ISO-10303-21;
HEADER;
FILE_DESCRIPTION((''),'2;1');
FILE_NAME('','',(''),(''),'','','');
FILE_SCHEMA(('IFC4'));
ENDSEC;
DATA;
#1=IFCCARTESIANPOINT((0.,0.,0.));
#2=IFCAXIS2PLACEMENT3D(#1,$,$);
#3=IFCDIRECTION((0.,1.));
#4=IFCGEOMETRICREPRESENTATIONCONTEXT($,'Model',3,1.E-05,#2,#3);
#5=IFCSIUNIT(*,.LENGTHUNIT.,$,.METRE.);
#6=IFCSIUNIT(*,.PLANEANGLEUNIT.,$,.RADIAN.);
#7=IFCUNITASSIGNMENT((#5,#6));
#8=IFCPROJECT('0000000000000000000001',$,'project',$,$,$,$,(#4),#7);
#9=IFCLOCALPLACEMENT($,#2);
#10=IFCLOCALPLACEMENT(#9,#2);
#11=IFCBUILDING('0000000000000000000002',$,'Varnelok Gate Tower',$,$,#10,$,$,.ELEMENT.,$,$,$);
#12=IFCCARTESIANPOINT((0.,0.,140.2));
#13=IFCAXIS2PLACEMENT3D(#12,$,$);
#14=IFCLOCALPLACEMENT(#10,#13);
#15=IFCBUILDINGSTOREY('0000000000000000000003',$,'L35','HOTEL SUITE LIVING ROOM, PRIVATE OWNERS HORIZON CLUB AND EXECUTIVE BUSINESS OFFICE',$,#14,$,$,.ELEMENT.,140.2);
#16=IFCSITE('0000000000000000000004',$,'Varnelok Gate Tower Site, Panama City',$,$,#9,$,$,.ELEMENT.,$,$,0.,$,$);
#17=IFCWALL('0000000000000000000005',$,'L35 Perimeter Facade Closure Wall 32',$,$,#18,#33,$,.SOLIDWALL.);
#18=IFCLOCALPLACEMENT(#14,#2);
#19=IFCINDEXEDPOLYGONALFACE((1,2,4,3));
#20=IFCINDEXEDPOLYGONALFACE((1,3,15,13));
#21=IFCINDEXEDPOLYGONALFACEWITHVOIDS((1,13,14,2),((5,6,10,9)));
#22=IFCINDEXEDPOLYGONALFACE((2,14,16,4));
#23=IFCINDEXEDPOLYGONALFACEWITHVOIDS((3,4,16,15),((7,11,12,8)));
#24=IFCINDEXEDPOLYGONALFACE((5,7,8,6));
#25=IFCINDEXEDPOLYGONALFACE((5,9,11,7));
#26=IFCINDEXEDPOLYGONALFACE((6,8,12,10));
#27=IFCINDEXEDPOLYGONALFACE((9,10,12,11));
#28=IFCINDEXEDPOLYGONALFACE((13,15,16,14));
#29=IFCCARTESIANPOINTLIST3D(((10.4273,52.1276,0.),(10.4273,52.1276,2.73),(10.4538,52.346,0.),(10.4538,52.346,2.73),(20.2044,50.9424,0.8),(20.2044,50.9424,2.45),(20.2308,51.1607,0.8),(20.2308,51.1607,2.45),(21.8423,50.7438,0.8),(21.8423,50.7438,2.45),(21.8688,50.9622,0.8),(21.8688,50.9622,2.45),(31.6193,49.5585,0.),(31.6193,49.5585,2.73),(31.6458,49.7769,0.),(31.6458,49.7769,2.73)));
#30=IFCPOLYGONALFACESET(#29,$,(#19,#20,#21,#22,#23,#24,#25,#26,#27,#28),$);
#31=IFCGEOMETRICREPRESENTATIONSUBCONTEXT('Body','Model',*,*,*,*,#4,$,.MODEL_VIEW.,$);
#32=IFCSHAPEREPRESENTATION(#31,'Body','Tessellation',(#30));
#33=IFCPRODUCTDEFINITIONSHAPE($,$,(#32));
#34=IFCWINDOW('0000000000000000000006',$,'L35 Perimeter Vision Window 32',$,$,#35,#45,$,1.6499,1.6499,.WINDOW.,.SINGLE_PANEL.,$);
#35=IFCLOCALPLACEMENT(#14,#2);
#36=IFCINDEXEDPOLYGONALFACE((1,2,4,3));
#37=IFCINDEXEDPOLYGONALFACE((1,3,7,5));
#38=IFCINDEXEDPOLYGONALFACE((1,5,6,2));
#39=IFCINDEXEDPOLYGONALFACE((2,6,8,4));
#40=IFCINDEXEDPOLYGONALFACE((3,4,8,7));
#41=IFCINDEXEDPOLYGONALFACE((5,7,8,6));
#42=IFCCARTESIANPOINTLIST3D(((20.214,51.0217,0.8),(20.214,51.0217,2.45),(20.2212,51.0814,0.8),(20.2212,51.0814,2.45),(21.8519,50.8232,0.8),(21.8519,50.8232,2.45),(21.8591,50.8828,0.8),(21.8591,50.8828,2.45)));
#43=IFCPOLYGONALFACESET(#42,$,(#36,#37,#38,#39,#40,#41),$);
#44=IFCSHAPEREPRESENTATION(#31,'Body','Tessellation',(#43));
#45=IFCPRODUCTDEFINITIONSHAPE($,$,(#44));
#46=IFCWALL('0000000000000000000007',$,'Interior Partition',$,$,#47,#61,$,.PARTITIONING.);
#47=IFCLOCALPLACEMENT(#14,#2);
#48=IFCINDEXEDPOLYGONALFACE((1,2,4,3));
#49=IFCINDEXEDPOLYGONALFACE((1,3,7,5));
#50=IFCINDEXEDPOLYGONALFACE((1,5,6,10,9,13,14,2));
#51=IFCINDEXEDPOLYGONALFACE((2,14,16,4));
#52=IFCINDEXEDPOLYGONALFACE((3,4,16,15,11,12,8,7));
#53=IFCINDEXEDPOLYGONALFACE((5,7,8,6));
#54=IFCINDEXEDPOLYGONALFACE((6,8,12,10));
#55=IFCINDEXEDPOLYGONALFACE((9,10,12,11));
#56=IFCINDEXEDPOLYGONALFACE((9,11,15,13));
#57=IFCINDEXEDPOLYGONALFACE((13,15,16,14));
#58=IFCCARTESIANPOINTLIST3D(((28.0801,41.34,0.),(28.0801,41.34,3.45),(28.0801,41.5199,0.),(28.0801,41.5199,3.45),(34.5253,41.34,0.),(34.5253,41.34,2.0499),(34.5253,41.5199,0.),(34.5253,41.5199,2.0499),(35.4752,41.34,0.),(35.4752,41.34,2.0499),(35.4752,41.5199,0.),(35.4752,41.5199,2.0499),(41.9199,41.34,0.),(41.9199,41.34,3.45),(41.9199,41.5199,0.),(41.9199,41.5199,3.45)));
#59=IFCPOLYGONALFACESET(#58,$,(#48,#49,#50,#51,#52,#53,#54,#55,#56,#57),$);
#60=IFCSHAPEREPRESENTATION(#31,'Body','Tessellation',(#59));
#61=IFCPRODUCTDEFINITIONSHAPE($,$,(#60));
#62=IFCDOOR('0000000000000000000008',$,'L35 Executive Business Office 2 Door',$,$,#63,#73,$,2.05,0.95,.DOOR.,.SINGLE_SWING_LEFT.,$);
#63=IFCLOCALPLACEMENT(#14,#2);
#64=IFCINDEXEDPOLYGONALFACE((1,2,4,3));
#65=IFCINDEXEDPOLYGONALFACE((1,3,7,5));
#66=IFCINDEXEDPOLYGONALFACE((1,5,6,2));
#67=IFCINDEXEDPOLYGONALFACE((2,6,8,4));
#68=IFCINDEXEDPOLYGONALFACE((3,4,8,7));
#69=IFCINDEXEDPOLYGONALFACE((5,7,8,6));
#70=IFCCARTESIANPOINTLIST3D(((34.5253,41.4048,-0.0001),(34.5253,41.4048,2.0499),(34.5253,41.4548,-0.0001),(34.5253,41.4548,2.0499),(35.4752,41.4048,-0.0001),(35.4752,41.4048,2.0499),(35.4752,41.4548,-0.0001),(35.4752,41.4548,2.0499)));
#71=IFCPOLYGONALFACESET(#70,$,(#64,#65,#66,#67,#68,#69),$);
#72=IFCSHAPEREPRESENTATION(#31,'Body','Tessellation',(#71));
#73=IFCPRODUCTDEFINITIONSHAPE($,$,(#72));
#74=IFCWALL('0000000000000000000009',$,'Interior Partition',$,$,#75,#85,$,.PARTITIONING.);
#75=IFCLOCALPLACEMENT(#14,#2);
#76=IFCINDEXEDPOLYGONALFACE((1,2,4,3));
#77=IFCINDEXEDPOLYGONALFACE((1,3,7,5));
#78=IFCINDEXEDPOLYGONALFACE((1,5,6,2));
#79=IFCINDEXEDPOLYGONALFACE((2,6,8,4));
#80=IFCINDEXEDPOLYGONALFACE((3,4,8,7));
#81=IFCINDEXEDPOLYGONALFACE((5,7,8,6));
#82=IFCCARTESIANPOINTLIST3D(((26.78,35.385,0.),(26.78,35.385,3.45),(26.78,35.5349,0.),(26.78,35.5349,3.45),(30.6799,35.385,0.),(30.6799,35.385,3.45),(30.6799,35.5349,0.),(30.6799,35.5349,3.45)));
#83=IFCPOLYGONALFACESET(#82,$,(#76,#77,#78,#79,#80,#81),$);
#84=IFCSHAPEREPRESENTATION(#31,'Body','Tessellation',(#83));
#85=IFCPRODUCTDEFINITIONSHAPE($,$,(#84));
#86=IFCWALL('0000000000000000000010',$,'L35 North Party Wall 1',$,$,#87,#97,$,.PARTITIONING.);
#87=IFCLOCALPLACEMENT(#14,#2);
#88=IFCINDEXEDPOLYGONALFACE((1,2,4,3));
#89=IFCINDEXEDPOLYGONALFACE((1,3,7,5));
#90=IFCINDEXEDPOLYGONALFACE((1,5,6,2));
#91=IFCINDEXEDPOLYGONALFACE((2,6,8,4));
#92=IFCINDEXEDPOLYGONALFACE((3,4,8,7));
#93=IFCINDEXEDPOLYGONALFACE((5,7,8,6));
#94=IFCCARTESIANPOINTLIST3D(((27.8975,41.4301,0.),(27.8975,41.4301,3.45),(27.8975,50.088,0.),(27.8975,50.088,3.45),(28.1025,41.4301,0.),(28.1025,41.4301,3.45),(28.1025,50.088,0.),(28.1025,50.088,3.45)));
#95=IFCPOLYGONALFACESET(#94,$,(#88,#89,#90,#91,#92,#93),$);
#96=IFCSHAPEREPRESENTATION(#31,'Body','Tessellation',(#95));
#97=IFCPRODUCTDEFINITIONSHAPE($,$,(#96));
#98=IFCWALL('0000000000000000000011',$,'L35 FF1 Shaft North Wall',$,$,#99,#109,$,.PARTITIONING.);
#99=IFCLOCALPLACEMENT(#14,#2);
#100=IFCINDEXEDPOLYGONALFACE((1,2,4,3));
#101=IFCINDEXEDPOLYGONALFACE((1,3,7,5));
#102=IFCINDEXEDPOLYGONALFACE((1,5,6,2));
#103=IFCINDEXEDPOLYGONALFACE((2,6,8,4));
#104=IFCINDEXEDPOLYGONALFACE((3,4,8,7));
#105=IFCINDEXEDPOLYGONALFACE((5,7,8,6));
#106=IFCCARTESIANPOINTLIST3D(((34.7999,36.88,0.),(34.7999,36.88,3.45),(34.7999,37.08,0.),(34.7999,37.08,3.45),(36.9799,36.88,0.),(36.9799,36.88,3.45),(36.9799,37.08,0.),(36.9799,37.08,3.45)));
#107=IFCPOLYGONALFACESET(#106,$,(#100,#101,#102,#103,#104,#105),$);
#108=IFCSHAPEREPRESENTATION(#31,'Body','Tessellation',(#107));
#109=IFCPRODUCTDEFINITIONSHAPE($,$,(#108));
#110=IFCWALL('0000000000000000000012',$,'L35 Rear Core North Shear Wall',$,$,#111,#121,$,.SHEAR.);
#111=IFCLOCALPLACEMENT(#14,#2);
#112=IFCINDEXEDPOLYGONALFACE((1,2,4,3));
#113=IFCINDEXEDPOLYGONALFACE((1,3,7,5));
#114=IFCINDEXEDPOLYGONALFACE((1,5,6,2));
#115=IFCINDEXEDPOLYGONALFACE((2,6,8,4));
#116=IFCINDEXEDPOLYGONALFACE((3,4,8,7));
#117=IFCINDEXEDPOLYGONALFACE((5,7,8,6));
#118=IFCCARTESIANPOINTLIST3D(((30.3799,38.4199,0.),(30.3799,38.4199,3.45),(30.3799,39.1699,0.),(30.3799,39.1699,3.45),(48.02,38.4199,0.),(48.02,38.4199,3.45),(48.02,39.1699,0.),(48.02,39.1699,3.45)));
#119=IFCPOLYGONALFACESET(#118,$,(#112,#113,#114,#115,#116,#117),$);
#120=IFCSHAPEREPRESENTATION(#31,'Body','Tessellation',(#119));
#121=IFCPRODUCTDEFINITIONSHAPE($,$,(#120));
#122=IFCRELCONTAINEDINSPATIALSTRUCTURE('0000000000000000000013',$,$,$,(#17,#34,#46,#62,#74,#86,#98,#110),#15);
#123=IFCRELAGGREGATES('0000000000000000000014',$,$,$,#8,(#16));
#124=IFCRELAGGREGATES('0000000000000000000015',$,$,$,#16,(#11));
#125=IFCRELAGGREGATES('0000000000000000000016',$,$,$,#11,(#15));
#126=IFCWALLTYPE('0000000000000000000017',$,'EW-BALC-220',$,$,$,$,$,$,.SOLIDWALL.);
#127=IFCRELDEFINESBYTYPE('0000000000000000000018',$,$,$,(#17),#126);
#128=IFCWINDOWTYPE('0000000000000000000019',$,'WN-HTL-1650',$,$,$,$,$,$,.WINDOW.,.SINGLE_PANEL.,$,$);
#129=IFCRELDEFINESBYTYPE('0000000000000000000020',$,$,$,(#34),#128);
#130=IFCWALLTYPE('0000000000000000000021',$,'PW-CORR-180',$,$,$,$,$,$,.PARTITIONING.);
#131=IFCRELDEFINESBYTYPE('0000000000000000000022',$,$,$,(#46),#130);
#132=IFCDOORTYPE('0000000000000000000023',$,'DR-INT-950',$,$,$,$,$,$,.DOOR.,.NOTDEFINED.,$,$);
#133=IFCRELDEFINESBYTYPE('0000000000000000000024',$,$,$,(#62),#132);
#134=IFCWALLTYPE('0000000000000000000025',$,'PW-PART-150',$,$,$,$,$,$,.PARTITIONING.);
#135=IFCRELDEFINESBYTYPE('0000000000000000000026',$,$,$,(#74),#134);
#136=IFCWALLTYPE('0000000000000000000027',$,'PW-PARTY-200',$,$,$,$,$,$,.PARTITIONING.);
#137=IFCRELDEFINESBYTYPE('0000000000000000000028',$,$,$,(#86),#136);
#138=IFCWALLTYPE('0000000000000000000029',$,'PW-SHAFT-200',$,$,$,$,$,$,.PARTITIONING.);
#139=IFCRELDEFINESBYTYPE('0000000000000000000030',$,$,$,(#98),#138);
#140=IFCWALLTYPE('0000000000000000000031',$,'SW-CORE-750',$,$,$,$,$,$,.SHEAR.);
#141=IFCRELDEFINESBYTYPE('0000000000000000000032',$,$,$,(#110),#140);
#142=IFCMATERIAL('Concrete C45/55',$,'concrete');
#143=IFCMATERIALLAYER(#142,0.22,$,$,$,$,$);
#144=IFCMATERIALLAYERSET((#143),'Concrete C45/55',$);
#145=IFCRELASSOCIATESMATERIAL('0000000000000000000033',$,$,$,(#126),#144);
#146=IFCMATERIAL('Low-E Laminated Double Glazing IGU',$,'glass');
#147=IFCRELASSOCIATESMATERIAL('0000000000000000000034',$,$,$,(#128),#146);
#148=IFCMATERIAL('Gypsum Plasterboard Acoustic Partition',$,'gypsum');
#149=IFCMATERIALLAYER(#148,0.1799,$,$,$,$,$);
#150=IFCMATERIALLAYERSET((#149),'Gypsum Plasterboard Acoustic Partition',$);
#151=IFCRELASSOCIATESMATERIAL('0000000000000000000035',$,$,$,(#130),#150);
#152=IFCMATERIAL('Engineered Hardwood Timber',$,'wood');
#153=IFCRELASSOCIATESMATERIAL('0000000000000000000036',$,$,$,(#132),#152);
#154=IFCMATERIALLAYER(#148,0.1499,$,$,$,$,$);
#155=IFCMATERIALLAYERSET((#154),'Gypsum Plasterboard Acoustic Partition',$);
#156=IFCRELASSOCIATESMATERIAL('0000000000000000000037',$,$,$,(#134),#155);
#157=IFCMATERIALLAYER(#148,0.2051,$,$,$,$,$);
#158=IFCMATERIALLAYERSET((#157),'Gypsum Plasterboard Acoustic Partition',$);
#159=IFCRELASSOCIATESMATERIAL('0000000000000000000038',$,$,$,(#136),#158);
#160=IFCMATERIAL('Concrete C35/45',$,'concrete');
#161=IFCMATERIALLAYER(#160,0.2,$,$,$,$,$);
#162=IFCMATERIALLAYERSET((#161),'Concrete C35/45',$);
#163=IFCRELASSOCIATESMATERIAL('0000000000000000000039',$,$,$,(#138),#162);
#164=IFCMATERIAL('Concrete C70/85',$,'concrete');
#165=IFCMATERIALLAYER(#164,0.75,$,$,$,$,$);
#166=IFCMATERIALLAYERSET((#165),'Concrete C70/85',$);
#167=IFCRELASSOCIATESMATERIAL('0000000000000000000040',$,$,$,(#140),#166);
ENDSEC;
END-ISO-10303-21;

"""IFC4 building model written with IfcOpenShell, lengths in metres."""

from ifc_helpers import new_model, si_unit, direction, frame, frame_2d, origin, place, context, subcontext, project, spatial, rectangle, extrude, material, layer, layer_set, type_object, element, fill, save


model = new_model("IFC4")

# Units and contexts
model_context = context("Model", 3, precision=1e-05, world=origin(), true_north=direction((0.0, 1.0)))
body_context = subcontext(model_context, "Body", "Model", "MODEL_VIEW")
ifc_project = project(units=[si_unit("LENGTHUNIT", "METRE"), si_unit("PLANEANGLEUNIT", "RADIAN")], contexts=[model_context])

# Site, building, storey
site_placement = place(None, origin())
site = spatial("IfcSite", under=ifc_project, at=site_placement, Name="Varnelok Gate Tower Site, Panama City", CompositionType="ELEMENT", RefElevation=0.0)
building_placement = place(site_placement, origin())
building = spatial("IfcBuilding", under=site, at=building_placement, Name="Varnelok Gate Tower", CompositionType="ELEMENT")
storey_placement = place(building_placement, frame((0.0, 0.0, 140.2)))
storey = spatial("IfcBuildingStorey", under=building, at=storey_placement, Name="L35", Description="HOTEL SUITE LIVING ROOM, PRIVATE OWNERS HORIZON CLUB AND EXECUTIVE BUSINESS OFFICE", CompositionType="ELEMENT", Elevation=140.2)

# Shared definitions
ifc_material_1 = material(Name="Concrete C70/85", Category="concrete")

# Shared definitions
ifc_material_2 = material(Name="Concrete C45/55", Category="concrete")
ifc_layer_1 = layer(ifc_material_2, 0.22)
ifc_layer_set_1 = layer_set([ifc_layer_1], Name="Concrete C45/55")
wall_type_1 = type_object("IfcWallType", Name="EW-BALC-220", PredefinedType="SOLIDWALL", material=ifc_layer_set_1)

# Wall, opening, window
wall_1_placement = place(storey_placement, frame((31.6326, 49.6677, 0.0), z_axis=(0.0, 0.0, 1.0), x_axis=(-0.992732, 0.120349, 0.0)))
wall_1 = element("IfcWall", 1, at=wall_1_placement, inside=storey, type_object=wall_type_1, Name="L35 Perimeter Facade Closure Wall 32", PredefinedType="SOLIDWALL", context=body_context, shape_type="SweptSolid", body=[
    extrude(rectangle(XDim=21.3472, YDim=0.22, at=frame_2d((10.6736, 0.0))), origin(), (0.0, 0.0, 1.0), 2.73),
])
opening_1_placement = place(wall_1_placement, frame((9.8486, 0.0, 0.8)))
opening_1 = element("IfcOpeningElement", 2, at=opening_1_placement, cuts=wall_1, PredefinedType="OPENING", context=body_context, shape_type="SweptSolid", body=[
    extrude(rectangle(XDim=1.6499, YDim=1.6499, at=frame_2d((0.825, 0.825))), frame((0.0, 0.1199, 0.0), z_axis=(0.0, -1.0, 0.0), x_axis=(1.0, 0.0, 0.0)), (0.0, 0.0, 1.0), 0.24),
])
ifc_material_3 = material(Name="Low-E Laminated Double Glazing IGU", Category="glass")
window_type = type_object("IfcWindowType", Name="WN-HTL-1650", PartitioningType="SINGLE_PANEL", PredefinedType="WINDOW", material=ifc_material_3)
window_placement = place(opening_1_placement, origin())
window = element("IfcWindow", 3, at=window_placement, inside=storey, type_object=window_type, Name="L35 Perimeter Vision Window 32", OverallHeight=1.6499, OverallWidth=1.6499, PartitioningType="SINGLE_PANEL", PredefinedType="WINDOW", context=body_context, shape_type="SweptSolid", body=[
    extrude(rectangle(XDim=1.6499, YDim=1.6499, at=frame_2d((0.825, 0.825))), frame((0.0, 0.03, 0.0), z_axis=(0.0, -1.0, 0.0), x_axis=(1.0, 0.0, 0.0)), (0.0, 0.0, 1.0), 0.0601),
])
fill(opening_1, window)

# Wall, opening, door
ifc_material_4 = material(Name="Gypsum Plasterboard Acoustic Partition", Category="gypsum")
ifc_layer_2 = layer(ifc_material_4, 0.1799)
ifc_layer_set_2 = layer_set([ifc_layer_2], Name="Gypsum Plasterboard Acoustic Partition")
wall_type_2 = type_object("IfcWallType", Name="PW-CORR-180", PredefinedType="PARTITIONING", material=ifc_layer_set_2)
wall_2_placement = place(storey_placement, frame((28.0801, 41.4299, 0.0), z_axis=(0.0, 0.0, 1.0), x_axis=(1.0, 0.0, 0.0)))
wall_2 = element("IfcWall", 4, at=wall_2_placement, inside=storey, type_object=wall_type_2, Name="Interior Partition", PredefinedType="PARTITIONING", context=body_context, shape_type="SweptSolid", body=[
    extrude(rectangle(XDim=13.8398, YDim=0.1799, at=frame_2d((6.9199, 0.0))), origin(), (0.0, 0.0, 1.0), 3.45),
])
opening_2_placement = place(wall_2_placement, frame((6.4451, 0.0, 0.0)))
opening_2 = element("IfcOpeningElement", 5, at=opening_2_placement, cuts=wall_2, PredefinedType="OPENING", context=body_context, shape_type="SweptSolid", body=[
    extrude(rectangle(XDim=0.95, YDim=2.05, at=frame_2d((0.4751, 1.0249))), frame((0.0, 0.0999, 0.0), z_axis=(0.0, -1.0, 0.0), x_axis=(1.0, 0.0, 0.0)), (0.0, 0.0, 1.0), 0.2),
])
ifc_material_5 = material(Name="Engineered Hardwood Timber", Category="wood")
door_type_1 = type_object("IfcDoorType", Name="DR-INT-950", OperationType="NOTDEFINED", PredefinedType="DOOR", material=ifc_material_5)
door_1_placement = place(opening_2_placement, origin())
door_1 = element("IfcDoor", 6, at=door_1_placement, inside=storey, type_object=door_type_1, Name="L35 Executive Business Office 2 Door", OperationType="SINGLE_SWING_LEFT", OverallHeight=2.05, OverallWidth=0.95, PredefinedType="DOOR", context=body_context, shape_type="SweptSolid", body=[
    extrude(rectangle(XDim=0.95, YDim=2.05, at=frame_2d((0.4751, 1.0249))), frame((0.0, 0.0249, 0.0), z_axis=(0.0, -1.0, 0.0), x_axis=(1.0, 0.0, 0.0)), (0.0, 0.0, 1.0), 0.05),
])
fill(opening_2, door_1)

# Walls
ifc_layer_3 = layer(ifc_material_4, 0.1499)
ifc_layer_set_3 = layer_set([ifc_layer_3], Name="Gypsum Plasterboard Acoustic Partition")
wall_type_3 = type_object("IfcWallType", Name="PW-PART-150", PredefinedType="PARTITIONING", material=ifc_layer_set_3)
wall_3_placement = place(storey_placement, frame((26.78, 35.46, 0.0), z_axis=(0.0, 0.0, 1.0), x_axis=(1.0, 0.0, 0.0)))
element("IfcWall", 7, at=wall_3_placement, inside=storey, type_object=wall_type_3, Name="Interior Partition", PredefinedType="PARTITIONING", context=body_context, shape_type="SweptSolid", body=[
    extrude(rectangle(XDim=3.8999, YDim=0.1499, at=frame_2d((1.95, 0.0))), origin(), (0.0, 0.0, 1.0), 3.45),
])
ifc_layer_4 = layer(ifc_material_4, 0.2051)
ifc_layer_set_4 = layer_set([ifc_layer_4], Name="Gypsum Plasterboard Acoustic Partition")
wall_type_4 = type_object("IfcWallType", Name="PW-PARTY-200", PredefinedType="PARTITIONING", material=ifc_layer_set_4)
wall_4_placement = place(storey_placement, frame((28.0, 41.4299, 0.0), z_axis=(0.0, 0.0, 1.0), x_axis=(0.0, 1.0, 0.0)))
element("IfcWall", 8, at=wall_4_placement, inside=storey, type_object=wall_type_4, Name="L35 North Party Wall 1", PredefinedType="PARTITIONING", context=body_context, shape_type="SweptSolid", body=[
    extrude(rectangle(XDim=8.658, YDim=0.2051, at=frame_2d((4.3291, 0.0))), origin(), (0.0, 0.0, 1.0), 3.45),
])
ifc_material_6 = material(Name="Concrete C35/45", Category="concrete")
ifc_layer_5 = layer(ifc_material_6, 0.2)
ifc_layer_set_5 = layer_set([ifc_layer_5], Name="Concrete C35/45")
wall_type_5 = type_object("IfcWallType", Name="PW-SHAFT-200", PredefinedType="PARTITIONING", material=ifc_layer_set_5)
wall_5_placement = place(storey_placement, frame((34.8, 36.98, 0.0), z_axis=(0.0, 0.0, 1.0), x_axis=(1.0, 0.0, 0.0)))
element("IfcWall", 9, at=wall_5_placement, inside=storey, type_object=wall_type_5, Name="L35 FF1 Shaft North Wall", PredefinedType="PARTITIONING", context=body_context, shape_type="SweptSolid", body=[
    extrude(rectangle(XDim=2.1799, YDim=0.2, at=frame_2d((1.0898, 0.0))), origin(), (0.0, 0.0, 1.0), 3.45),
])
ifc_layer_6 = layer(ifc_material_1, 0.75)
ifc_layer_set_6 = layer_set([ifc_layer_6], Name="Concrete C70/85")
wall_type_6 = type_object("IfcWallType", Name="SW-CORE-750", PredefinedType="SHEAR", material=ifc_layer_set_6)
wall_6_placement = place(storey_placement, frame((30.3799, 38.7949, 0.0), z_axis=(0.0, 0.0, 1.0), x_axis=(1.0, 0.0, 0.0)))
element("IfcWall", 10, at=wall_6_placement, inside=storey, type_object=wall_type_6, Name="L35 Rear Core North Shear Wall", PredefinedType="SHEAR", context=body_context, shape_type="SweptSolid", body=[
    extrude(rectangle(XDim=17.6401, YDim=0.75, at=frame_2d((8.8201, 0.0))), origin(), (0.0, 0.0, 1.0), 3.45),
])

save(model, "model.ifc")
